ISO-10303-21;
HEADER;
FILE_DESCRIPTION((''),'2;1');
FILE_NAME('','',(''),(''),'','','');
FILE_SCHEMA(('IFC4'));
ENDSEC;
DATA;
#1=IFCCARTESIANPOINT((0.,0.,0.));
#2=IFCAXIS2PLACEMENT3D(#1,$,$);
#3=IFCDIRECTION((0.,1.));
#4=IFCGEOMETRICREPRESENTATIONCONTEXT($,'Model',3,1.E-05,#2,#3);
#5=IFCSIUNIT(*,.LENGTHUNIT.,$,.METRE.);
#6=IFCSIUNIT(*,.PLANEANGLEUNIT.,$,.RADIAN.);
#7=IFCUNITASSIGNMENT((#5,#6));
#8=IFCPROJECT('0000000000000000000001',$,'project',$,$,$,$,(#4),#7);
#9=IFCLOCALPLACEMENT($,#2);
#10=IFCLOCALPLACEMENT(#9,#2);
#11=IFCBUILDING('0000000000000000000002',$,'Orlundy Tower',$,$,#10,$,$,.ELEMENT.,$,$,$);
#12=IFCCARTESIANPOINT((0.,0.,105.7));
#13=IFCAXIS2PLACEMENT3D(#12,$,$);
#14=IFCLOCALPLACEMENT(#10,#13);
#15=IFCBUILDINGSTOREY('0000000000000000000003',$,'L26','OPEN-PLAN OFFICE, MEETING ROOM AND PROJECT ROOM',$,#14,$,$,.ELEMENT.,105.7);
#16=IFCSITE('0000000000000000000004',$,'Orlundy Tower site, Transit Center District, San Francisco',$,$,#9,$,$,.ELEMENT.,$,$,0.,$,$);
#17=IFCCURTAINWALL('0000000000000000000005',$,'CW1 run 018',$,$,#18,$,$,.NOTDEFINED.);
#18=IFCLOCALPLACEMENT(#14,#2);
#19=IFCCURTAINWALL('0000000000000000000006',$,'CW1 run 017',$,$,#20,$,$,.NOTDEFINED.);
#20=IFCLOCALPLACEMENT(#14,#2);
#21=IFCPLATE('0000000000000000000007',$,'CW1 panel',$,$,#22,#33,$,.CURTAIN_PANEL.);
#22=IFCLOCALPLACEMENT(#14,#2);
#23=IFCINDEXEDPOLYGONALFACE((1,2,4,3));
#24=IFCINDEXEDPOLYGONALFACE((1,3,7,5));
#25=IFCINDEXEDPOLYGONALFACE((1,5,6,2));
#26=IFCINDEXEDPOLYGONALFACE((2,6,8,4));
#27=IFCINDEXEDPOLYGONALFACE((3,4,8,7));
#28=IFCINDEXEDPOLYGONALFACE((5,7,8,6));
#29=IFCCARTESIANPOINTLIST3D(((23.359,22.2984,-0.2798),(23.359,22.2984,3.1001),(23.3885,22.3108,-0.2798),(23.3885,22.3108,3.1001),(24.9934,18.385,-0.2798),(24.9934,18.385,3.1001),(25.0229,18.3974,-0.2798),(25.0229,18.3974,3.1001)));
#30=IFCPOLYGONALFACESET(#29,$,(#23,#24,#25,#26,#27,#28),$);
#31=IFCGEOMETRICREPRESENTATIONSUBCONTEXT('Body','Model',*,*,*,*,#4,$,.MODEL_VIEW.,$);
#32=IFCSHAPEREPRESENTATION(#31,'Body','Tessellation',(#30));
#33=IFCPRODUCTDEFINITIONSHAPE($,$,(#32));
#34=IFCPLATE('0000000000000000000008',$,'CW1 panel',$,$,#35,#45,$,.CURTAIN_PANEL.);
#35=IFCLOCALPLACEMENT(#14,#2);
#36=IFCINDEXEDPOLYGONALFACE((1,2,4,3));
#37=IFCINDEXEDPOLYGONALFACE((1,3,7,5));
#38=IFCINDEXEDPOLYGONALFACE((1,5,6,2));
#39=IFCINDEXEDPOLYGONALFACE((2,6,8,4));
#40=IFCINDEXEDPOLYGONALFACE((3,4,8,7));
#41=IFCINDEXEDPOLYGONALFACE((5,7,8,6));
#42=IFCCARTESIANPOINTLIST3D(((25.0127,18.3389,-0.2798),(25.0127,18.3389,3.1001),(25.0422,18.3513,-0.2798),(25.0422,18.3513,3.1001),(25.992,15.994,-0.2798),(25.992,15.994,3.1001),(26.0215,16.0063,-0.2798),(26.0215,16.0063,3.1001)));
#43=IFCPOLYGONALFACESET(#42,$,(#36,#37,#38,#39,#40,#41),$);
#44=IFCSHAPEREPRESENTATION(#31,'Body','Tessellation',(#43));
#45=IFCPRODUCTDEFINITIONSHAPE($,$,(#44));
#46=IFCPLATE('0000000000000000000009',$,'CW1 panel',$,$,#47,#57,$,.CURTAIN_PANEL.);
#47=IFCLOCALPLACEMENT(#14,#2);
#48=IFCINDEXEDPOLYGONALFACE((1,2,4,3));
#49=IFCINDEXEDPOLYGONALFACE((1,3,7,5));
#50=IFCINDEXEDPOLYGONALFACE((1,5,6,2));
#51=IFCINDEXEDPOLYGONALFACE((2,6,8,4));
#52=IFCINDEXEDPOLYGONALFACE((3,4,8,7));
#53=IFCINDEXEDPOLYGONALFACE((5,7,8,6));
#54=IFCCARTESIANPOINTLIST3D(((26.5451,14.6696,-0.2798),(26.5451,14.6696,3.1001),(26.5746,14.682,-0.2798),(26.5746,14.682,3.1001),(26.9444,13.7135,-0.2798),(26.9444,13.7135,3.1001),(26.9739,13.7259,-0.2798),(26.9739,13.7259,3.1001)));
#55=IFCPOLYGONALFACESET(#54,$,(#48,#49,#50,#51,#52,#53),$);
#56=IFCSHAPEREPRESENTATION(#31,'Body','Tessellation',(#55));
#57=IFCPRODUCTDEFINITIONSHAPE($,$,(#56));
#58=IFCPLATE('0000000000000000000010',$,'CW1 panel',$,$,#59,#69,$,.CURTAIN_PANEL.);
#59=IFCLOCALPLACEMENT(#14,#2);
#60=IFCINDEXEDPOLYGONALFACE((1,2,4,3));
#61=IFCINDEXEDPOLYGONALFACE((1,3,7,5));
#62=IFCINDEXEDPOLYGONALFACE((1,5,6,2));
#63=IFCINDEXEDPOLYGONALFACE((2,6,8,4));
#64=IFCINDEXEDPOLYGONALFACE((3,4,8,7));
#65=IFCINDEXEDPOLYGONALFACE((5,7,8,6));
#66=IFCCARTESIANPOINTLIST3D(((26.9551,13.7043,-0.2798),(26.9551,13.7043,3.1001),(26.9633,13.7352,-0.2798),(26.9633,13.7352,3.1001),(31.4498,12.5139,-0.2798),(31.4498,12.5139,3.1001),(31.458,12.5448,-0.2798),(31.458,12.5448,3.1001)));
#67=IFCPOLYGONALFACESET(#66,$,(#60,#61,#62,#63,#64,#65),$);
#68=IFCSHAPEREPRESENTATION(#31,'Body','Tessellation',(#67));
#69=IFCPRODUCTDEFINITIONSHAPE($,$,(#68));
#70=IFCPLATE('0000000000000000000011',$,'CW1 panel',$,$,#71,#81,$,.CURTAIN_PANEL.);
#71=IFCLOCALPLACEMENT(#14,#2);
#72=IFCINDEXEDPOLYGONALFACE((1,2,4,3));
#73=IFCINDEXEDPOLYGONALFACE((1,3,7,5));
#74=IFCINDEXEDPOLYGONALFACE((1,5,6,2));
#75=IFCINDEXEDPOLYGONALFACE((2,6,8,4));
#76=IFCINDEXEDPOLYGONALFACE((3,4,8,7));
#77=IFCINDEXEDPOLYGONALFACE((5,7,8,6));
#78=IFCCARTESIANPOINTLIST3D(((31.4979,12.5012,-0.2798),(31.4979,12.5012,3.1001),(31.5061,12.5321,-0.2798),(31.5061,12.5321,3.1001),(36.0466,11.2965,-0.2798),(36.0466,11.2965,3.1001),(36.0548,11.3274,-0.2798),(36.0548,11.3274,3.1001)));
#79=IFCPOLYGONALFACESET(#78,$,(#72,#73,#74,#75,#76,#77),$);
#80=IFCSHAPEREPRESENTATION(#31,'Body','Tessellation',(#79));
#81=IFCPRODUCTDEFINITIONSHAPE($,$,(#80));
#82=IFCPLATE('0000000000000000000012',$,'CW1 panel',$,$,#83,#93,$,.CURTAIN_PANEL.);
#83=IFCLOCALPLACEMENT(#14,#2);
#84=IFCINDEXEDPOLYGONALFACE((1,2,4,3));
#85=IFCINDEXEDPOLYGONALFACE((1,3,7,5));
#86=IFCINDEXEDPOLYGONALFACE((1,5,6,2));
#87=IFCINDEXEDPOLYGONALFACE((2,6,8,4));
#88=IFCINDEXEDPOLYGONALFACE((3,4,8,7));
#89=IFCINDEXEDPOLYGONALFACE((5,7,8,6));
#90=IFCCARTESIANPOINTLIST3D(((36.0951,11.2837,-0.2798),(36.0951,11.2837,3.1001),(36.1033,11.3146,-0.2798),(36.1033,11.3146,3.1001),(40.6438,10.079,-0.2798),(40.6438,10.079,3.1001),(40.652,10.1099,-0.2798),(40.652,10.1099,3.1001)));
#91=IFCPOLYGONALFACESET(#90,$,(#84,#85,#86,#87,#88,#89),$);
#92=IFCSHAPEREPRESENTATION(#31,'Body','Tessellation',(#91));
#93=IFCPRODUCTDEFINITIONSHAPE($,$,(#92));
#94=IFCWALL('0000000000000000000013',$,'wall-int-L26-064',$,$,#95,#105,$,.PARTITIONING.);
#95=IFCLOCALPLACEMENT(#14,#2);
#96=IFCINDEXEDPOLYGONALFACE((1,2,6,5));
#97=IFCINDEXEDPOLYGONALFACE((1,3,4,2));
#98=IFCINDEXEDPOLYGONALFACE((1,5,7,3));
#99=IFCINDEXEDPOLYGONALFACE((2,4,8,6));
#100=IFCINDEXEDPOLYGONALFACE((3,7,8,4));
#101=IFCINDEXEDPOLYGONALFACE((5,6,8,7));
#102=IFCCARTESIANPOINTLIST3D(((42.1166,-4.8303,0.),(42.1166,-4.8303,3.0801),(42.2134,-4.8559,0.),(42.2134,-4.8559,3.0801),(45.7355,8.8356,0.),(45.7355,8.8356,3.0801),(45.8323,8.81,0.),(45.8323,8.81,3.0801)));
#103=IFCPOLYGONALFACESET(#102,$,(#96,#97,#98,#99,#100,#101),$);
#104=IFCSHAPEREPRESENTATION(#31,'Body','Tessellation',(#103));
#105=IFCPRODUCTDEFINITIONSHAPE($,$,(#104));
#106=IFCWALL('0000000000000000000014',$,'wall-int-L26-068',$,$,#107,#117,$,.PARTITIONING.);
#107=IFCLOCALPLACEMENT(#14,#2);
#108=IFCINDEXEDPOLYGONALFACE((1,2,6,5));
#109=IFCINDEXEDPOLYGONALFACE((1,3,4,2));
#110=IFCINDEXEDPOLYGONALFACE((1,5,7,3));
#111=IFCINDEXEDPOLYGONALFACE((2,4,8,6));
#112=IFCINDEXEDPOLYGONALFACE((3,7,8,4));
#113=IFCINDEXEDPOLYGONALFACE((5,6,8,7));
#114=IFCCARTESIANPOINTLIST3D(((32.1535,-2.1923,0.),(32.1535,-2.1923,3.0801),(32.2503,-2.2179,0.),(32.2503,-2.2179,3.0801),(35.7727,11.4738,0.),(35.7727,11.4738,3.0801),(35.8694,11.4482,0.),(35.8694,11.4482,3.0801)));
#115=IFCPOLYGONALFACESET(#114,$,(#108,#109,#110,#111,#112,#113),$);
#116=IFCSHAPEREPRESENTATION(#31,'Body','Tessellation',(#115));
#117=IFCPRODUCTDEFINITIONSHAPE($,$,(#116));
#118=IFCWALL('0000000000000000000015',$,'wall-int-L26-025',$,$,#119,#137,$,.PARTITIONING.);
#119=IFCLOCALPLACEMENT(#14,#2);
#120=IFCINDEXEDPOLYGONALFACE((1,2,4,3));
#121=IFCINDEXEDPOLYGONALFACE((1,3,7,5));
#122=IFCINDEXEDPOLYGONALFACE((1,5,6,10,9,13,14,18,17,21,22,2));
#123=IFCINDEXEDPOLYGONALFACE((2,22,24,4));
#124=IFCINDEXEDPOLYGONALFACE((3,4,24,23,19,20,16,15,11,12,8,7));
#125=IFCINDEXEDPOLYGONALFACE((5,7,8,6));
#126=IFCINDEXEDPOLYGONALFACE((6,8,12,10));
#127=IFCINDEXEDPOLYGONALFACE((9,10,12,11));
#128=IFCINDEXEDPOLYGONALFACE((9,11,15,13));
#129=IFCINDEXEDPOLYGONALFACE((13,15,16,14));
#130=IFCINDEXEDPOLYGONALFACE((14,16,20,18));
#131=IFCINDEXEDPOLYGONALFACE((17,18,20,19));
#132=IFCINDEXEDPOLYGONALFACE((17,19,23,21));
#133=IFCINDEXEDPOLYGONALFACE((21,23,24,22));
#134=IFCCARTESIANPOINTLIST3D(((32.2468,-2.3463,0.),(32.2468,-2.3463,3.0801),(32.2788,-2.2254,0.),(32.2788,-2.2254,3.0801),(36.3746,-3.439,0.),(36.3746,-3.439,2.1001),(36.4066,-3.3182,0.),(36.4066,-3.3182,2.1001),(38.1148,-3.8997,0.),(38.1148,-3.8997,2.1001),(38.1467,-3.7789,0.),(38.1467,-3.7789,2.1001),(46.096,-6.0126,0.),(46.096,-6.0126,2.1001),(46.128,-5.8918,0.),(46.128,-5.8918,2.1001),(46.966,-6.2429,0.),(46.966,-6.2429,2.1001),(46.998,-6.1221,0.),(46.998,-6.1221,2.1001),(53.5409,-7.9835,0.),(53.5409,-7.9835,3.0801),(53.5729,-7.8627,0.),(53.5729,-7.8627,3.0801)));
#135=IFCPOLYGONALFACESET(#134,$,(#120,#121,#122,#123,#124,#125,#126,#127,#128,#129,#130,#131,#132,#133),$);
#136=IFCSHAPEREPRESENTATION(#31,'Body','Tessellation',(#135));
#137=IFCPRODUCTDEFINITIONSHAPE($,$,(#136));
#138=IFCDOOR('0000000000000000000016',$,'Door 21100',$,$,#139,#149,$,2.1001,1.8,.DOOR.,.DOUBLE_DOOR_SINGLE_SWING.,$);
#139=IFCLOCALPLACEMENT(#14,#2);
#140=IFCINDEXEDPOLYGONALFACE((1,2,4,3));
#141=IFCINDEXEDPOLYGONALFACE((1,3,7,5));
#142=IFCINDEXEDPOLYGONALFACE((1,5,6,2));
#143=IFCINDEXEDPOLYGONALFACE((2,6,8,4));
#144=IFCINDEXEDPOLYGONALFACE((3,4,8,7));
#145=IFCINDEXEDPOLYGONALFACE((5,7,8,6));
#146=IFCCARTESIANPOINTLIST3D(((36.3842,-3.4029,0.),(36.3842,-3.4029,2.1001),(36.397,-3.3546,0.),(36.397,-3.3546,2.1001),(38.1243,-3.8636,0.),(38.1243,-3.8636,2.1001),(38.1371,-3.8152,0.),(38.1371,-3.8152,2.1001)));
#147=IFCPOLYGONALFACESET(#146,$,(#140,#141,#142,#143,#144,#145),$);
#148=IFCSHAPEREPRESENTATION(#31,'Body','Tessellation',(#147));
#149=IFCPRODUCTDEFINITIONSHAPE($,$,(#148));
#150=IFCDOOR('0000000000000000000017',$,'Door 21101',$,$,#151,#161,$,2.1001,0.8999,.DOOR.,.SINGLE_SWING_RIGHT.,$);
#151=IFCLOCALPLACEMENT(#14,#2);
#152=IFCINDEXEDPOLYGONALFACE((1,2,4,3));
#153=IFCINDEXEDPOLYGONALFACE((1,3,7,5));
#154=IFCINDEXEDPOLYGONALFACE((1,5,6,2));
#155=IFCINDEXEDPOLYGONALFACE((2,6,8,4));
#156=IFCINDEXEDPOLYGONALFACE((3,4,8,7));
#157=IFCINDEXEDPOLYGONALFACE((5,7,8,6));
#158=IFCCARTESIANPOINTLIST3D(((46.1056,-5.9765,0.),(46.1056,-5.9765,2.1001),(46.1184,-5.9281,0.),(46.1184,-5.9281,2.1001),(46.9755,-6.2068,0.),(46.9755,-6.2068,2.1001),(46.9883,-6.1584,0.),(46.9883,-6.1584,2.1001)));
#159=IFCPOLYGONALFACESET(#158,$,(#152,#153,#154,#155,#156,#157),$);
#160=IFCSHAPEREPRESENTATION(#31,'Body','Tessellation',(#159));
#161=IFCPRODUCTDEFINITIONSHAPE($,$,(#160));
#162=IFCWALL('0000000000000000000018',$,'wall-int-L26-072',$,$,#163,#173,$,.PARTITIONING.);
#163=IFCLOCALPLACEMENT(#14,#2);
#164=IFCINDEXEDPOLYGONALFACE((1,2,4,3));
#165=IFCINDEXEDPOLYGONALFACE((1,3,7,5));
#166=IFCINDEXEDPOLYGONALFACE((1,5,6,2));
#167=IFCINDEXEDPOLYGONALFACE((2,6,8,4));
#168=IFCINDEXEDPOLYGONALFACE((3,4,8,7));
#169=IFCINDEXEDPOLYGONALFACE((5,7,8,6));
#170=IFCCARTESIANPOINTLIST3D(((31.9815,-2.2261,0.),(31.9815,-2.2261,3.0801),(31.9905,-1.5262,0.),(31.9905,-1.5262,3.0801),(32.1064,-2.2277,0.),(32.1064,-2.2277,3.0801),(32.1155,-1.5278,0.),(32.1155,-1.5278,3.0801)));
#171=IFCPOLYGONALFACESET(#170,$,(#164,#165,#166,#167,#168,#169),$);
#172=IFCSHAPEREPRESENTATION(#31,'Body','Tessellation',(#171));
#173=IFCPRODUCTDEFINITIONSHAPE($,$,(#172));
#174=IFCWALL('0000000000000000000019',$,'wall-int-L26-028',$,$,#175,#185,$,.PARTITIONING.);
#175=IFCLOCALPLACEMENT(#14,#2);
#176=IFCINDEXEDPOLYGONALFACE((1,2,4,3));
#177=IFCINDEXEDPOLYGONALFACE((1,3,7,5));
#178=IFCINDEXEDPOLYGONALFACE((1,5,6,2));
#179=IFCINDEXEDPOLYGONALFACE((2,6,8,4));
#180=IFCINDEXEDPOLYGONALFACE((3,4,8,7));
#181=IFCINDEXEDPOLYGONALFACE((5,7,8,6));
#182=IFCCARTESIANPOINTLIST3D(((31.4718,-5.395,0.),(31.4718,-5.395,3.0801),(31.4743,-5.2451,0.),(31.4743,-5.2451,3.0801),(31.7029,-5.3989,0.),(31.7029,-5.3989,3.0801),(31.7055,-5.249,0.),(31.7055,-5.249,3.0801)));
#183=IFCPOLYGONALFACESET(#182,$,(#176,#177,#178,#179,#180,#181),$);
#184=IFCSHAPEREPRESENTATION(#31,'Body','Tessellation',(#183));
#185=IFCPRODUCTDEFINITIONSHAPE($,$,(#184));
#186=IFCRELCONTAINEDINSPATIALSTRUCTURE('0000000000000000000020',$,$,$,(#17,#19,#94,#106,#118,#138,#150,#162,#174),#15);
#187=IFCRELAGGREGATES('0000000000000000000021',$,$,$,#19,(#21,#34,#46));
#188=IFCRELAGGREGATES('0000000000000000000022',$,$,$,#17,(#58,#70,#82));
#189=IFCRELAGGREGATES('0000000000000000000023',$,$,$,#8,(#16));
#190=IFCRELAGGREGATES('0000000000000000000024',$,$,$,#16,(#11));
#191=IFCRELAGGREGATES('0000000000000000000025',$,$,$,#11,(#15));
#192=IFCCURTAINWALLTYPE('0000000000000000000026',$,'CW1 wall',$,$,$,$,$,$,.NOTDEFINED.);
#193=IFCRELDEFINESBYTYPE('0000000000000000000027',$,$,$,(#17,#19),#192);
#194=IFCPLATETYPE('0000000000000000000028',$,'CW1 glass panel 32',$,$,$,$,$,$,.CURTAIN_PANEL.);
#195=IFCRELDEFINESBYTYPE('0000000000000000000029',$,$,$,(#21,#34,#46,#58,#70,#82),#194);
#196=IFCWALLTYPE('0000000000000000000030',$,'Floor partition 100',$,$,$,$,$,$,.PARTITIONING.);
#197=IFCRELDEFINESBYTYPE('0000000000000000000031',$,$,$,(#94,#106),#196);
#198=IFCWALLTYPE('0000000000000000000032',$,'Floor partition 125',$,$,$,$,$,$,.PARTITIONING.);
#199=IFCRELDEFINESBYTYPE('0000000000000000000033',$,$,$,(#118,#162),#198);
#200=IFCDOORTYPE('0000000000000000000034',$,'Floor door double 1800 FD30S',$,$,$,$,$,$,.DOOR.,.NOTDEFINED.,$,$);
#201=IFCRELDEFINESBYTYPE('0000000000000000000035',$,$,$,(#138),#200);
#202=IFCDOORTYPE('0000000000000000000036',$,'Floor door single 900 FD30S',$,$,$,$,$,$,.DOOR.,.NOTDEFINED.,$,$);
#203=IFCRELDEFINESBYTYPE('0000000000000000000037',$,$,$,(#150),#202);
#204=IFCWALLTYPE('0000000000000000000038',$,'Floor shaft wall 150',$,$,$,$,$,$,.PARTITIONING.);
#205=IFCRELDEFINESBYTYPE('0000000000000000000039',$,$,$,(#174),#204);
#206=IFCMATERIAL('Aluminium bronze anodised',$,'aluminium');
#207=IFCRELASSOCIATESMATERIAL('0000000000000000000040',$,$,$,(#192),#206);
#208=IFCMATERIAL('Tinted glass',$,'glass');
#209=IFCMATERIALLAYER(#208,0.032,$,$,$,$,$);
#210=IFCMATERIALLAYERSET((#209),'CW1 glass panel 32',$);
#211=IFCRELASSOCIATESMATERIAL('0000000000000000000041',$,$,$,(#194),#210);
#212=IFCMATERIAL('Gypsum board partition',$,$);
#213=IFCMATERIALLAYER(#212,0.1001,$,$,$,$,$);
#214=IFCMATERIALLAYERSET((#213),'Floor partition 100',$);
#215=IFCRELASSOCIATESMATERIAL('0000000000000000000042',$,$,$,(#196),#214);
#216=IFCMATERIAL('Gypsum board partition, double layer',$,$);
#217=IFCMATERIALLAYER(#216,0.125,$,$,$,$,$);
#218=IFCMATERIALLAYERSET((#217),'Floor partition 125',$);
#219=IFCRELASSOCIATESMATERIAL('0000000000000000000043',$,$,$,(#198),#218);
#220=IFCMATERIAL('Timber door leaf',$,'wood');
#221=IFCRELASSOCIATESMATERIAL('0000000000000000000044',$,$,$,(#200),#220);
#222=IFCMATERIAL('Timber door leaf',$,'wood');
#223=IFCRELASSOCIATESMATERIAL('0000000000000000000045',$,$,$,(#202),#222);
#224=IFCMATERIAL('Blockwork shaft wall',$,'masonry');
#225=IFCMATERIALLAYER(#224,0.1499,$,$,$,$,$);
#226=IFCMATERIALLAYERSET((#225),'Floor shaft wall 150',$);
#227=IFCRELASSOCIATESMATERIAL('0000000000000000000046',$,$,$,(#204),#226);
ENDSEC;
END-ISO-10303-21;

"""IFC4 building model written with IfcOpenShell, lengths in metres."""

from ifc_helpers import new_model, si_unit, direction, frame, frame_2d, origin, origin_2d, place, context, subcontext, project, spatial, rectangle, extrude, material, layer, layer_set, type_object, element, fill, aggregate, save


model = new_model("IFC4")

# Units and contexts
model_context = context("Model", 3, precision=1e-05, world=origin(), true_north=direction((0.0, 1.0)))
body_context = subcontext(model_context, "Body", "Model", "MODEL_VIEW")
ifc_project = project(units=[si_unit("LENGTHUNIT", "METRE"), si_unit("PLANEANGLEUNIT", "RADIAN")], contexts=[model_context])

# Site, building, storey
site_placement = place(None, origin())
site = spatial("IfcSite", under=ifc_project, at=site_placement, Name="Orlundy Tower site, Transit Center District, San Francisco", CompositionType="ELEMENT", RefElevation=0.0)
building_placement = place(site_placement, origin())
building = spatial("IfcBuilding", under=site, at=building_placement, Name="Orlundy Tower", CompositionType="ELEMENT")
storey_placement = place(building_placement, frame((0.0, 0.0, 105.7)))
storey = spatial("IfcBuildingStorey", under=building, at=storey_placement, Name="L26", Description="OPEN-PLAN OFFICE, MEETING ROOM AND PROJECT ROOM", CompositionType="ELEMENT", Elevation=105.7)

# Curtain walls
ifc_material_1 = material(Name="Aluminium bronze anodised", Category="aluminium")
curtain_wall_type = type_object("IfcCurtainWallType", Name="CW1 wall", PredefinedType="NOTDEFINED", material=ifc_material_1)
curtain_wall_1_placement = place(storey_placement, origin())
curtain_wall_1 = element("IfcCurtainWall", 1, at=curtain_wall_1_placement, inside=storey, type_object=curtain_wall_type, Name="CW1 run 018", PredefinedType="NOTDEFINED")
curtain_wall_2_placement = place(storey_placement, origin())
curtain_wall_2 = element("IfcCurtainWall", 2, at=curtain_wall_2_placement, inside=storey, type_object=curtain_wall_type, Name="CW1 run 017", PredefinedType="NOTDEFINED")

# Plates
ifc_material_2 = material(Name="Tinted glass", Category="glass")
ifc_layer_1 = layer(ifc_material_2, 0.032)
ifc_layer_set_1 = layer_set([ifc_layer_1], Name="CW1 glass panel 32")
plate_type = type_object("IfcPlateType", Name="CW1 glass panel 32", PredefinedType="CURTAIN_PANEL", material=ifc_layer_set_1)
plate_1_placement = place(storey_placement, frame((24.1909, 20.3479, -0.2798), z_axis=(0.0, 0.0, 1.0), x_axis=(0.385378, -0.922759, 0.0)))
plate_1 = element("IfcPlate", 3, at=plate_1_placement, type_object=plate_type, Name="CW1 panel", PredefinedType="CURTAIN_PANEL", context=body_context, shape_type="SweptSolid", body=[
    extrude(rectangle(XDim=4.241, YDim=0.032, at=origin_2d()), origin(), (0.0, 0.0, 1.0), 3.3799),
])
plate_2_placement = place(storey_placement, frame((25.5171, 17.1726, -0.2798), z_axis=(0.0, 0.0, 1.0), x_axis=(0.385378, -0.922759, 0.0)))
plate_2 = element("IfcPlate", 4, at=plate_2_placement, type_object=plate_type, Name="CW1 panel", PredefinedType="CURTAIN_PANEL", context=body_context, shape_type="SweptSolid", body=[
    extrude(rectangle(XDim=2.5413, YDim=0.032, at=origin_2d()), origin(), (0.0, 0.0, 1.0), 3.3799),
])
plate_3_placement = place(storey_placement, frame((26.7595, 14.1978, -0.2798), z_axis=(0.0, 0.0, 1.0), x_axis=(0.385378, -0.922759, 0.0)))
plate_3 = element("IfcPlate", 5, at=plate_3_placement, type_object=plate_type, Name="CW1 panel", PredefinedType="CURTAIN_PANEL", context=body_context, shape_type="SweptSolid", body=[
    extrude(rectangle(XDim=1.0361, YDim=0.032, at=origin_2d()), origin(), (0.0, 0.0, 1.0), 3.3799),
])
aggregate(curtain_wall_2, [plate_1, plate_2, plate_3])
plate_4_placement = place(storey_placement, frame((29.2065, 13.1245, -0.2798), z_axis=(0.0, 0.0, 1.0), x_axis=(0.966672, -0.25602, 0.0)))
plate_4 = element("IfcPlate", 6, at=plate_4_placement, type_object=plate_type, Name="CW1 panel", PredefinedType="CURTAIN_PANEL", context=body_context, shape_type="SweptSolid", body=[
    extrude(rectangle(XDim=4.6497, YDim=0.032, at=origin_2d()), origin(), (0.0, 0.0, 1.0), 3.3799),
])
plate_5_placement = place(storey_placement, frame((33.7764, 11.9143, -0.2798), z_axis=(0.0, 0.0, 1.0), x_axis=(0.966672, -0.25602, 0.0)))
plate_5 = element("IfcPlate", 7, at=plate_5_placement, type_object=plate_type, Name="CW1 panel", PredefinedType="CURTAIN_PANEL", context=body_context, shape_type="SweptSolid", body=[
    extrude(rectangle(XDim=4.7056, YDim=0.032, at=origin_2d()), origin(), (0.0, 0.0, 1.0), 3.3799),
])
plate_6_placement = place(storey_placement, frame((38.3735, 10.6968, -0.2798), z_axis=(0.0, 0.0, 1.0), x_axis=(0.966672, -0.25602, 0.0)))
plate_6 = element("IfcPlate", 8, at=plate_6_placement, type_object=plate_type, Name="CW1 panel", PredefinedType="CURTAIN_PANEL", context=body_context, shape_type="SweptSolid", body=[
    extrude(rectangle(XDim=4.7056, YDim=0.032, at=origin_2d()), origin(), (0.0, 0.0, 1.0), 3.3799),
])
aggregate(curtain_wall_1, [plate_4, plate_5, plate_6])

# Walls
ifc_material_3 = material(Name="Gypsum board partition")
ifc_layer_2 = layer(ifc_material_3, 0.1001)
ifc_layer_set_2 = layer_set([ifc_layer_2], Name="Floor partition 100")
wall_type_1 = type_object("IfcWallType", Name="Floor partition 100", PredefinedType="PARTITIONING", material=ifc_layer_set_2)
wall_1_placement = place(storey_placement, frame((42.165, -4.843, 0.0), z_axis=(0.0, 0.0, 1.0), x_axis=(0.255987, 0.96668, 0.0)))
element("IfcWall", 9, at=wall_1_placement, inside=storey, type_object=wall_type_1, Name="wall-int-L26-064", PredefinedType="PARTITIONING", context=body_context, shape_type="SweptSolid", body=[
    extrude(rectangle(XDim=14.137, YDim=0.1001, at=frame_2d((7.0684, 0.0))), origin(), (0.0, 0.0, 1.0), 3.0801),
])
wall_2_placement = place(storey_placement, frame((32.2019, -2.2051, 0.0), z_axis=(0.0, 0.0, 1.0), x_axis=(0.256003, 0.966676, 0.0)))
element("IfcWall", 10, at=wall_2_placement, inside=storey, type_object=wall_type_1, Name="wall-int-L26-068", PredefinedType="PARTITIONING", context=body_context, shape_type="SweptSolid", body=[
    extrude(rectangle(XDim=14.1372, YDim=0.1001, at=frame_2d((7.0686, 0.0))), origin(), (0.0, 0.0, 1.0), 3.0801),
])

# Wall, openings, doors
ifc_material_4 = material(Name="Gypsum board partition, double layer")
ifc_layer_3 = layer(ifc_material_4, 0.125)
ifc_layer_set_3 = layer_set([ifc_layer_3], Name="Floor partition 125")
wall_type_2 = type_object("IfcWallType", Name="Floor partition 125", PredefinedType="PARTITIONING", material=ifc_layer_set_3)
wall_3_placement = place(storey_placement, frame((32.2629, -2.2859, 0.0), z_axis=(0.0, 0.0, 1.0), x_axis=(0.966699, -0.255917, 0.0)))
wall_3 = element("IfcWall", 11, at=wall_3_placement, inside=storey, type_object=wall_type_2, Name="wall-int-L26-025", PredefinedType="PARTITIONING", context=body_context, shape_type="SweptSolid", body=[
    extrude(rectangle(XDim=22.0276, YDim=0.125, at=frame_2d((11.0137, 0.0))), origin(), (0.0, 0.0, 1.0), 3.0801),
])
opening_1_placement = place(wall_3_placement, frame((4.27, 0.0, 0.0)))
opening_1 = element("IfcOpeningElement", 12, at=opening_1_placement, cuts=wall_3, PredefinedType="OPENING", context=body_context, shape_type="SweptSolid", body=[
    extrude(rectangle(XDim=1.8, YDim=2.1001, at=frame_2d((0.8999, 1.05))), frame((0.0, 0.0725, 0.0), z_axis=(0.0, -1.0, 0.0), x_axis=(1.0, 0.0, 0.0)), (0.0, 0.0, 1.0), 0.145),
])
opening_2_placement = place(wall_3_placement, frame((14.3262, 0.0, 0.0)))
opening_2 = element("IfcOpeningElement", 13, at=opening_2_placement, cuts=wall_3, PredefinedType="OPENING", context=body_context, shape_type="SweptSolid", body=[
    extrude(rectangle(XDim=0.8999, YDim=2.1001, at=frame_2d((0.45, 1.05))), frame((0.0, 0.0725, 0.0), z_axis=(0.0, -1.0, 0.0), x_axis=(1.0, 0.0, 0.0)), (0.0, 0.0, 1.0), 0.145),
])
ifc_material_5 = material(Name="Timber door leaf", Category="wood")
door_type_1 = type_object("IfcDoorType", Name="Floor door double 1800 FD30S", OperationType="NOTDEFINED", PredefinedType="DOOR", material=ifc_material_5)
door_1_placement = place(opening_1_placement, origin())
door_1 = element("IfcDoor", 14, at=door_1_placement, inside=storey, type_object=door_type_1, Name="Door 21100", OperationType="DOUBLE_DOOR_SINGLE_SWING", OverallHeight=2.1001, OverallWidth=1.8, PredefinedType="DOOR", context=body_context, shape_type="SweptSolid", body=[
    extrude(rectangle(XDim=1.8, YDim=2.1001, at=frame_2d((0.8999, 1.05))), frame((0.0, 0.0249, 0.0), z_axis=(0.0, -1.0, 0.0), x_axis=(1.0, 0.0, 0.0)), (0.0, 0.0, 1.0), 0.05),
])
fill(opening_1, door_1)
ifc_material_6 = material(Name="Timber door leaf", Category="wood")
door_type_2 = type_object("IfcDoorType", Name="Floor door single 900 FD30S", OperationType="NOTDEFINED", PredefinedType="DOOR", material=ifc_material_6)
door_2_placement = place(opening_2_placement, origin())
door_2 = element("IfcDoor", 15, at=door_2_placement, inside=storey, type_object=door_type_2, Name="Door 21101", OperationType="SINGLE_SWING_RIGHT", OverallHeight=2.1001, OverallWidth=0.8999, PredefinedType="DOOR", context=body_context, shape_type="SweptSolid", body=[
    extrude(rectangle(XDim=0.8999, YDim=2.1001, at=frame_2d((0.45, 1.05))), frame((0.0, 0.0249, 0.0), z_axis=(0.0, -1.0, 0.0), x_axis=(1.0, 0.0, 0.0)), (0.0, 0.0, 1.0), 0.05),
])
fill(opening_2, door_2)

# Walls
wall_4_placement = place(storey_placement, frame((32.0439, -2.2271, 0.0), z_axis=(0.0, 0.0, 1.0), x_axis=(0.012904, 0.999917, 0.0)))
element("IfcWall", 16, at=wall_4_placement, inside=storey, type_object=wall_type_2, Name="wall-int-L26-072", PredefinedType="PARTITIONING", context=body_context, shape_type="SweptSolid", body=[
    extrude(rectangle(XDim=0.7, YDim=0.125, at=frame_2d((0.3501, 0.0))), origin(), (0.0, 0.0, 1.0), 3.0801),
])
ifc_material_7 = material(Name="Blockwork shaft wall", Category="masonry")
ifc_layer_4 = layer(ifc_material_7, 0.1499)
ifc_layer_set_4 = layer_set([ifc_layer_4], Name="Floor shaft wall 150")
wall_type_3 = type_object("IfcWallType", Name="Floor shaft wall 150", PredefinedType="PARTITIONING", material=ifc_layer_set_4)
wall_5_placement = place(storey_placement, frame((31.4729, -5.3201, 0.0), z_axis=(0.0, 0.0, 1.0), x_axis=(0.999857, -0.016893, 0.0)))
element("IfcWall", 17, at=wall_5_placement, inside=storey, type_object=wall_type_3, Name="wall-int-L26-028", PredefinedType="PARTITIONING", context=body_context, shape_type="SweptSolid", body=[
    extrude(rectangle(XDim=0.2312, YDim=0.1499, at=frame_2d((0.1157, 0.0))), origin(), (0.0, 0.0, 1.0), 3.0801),
])

save(model, "model.ifc")
